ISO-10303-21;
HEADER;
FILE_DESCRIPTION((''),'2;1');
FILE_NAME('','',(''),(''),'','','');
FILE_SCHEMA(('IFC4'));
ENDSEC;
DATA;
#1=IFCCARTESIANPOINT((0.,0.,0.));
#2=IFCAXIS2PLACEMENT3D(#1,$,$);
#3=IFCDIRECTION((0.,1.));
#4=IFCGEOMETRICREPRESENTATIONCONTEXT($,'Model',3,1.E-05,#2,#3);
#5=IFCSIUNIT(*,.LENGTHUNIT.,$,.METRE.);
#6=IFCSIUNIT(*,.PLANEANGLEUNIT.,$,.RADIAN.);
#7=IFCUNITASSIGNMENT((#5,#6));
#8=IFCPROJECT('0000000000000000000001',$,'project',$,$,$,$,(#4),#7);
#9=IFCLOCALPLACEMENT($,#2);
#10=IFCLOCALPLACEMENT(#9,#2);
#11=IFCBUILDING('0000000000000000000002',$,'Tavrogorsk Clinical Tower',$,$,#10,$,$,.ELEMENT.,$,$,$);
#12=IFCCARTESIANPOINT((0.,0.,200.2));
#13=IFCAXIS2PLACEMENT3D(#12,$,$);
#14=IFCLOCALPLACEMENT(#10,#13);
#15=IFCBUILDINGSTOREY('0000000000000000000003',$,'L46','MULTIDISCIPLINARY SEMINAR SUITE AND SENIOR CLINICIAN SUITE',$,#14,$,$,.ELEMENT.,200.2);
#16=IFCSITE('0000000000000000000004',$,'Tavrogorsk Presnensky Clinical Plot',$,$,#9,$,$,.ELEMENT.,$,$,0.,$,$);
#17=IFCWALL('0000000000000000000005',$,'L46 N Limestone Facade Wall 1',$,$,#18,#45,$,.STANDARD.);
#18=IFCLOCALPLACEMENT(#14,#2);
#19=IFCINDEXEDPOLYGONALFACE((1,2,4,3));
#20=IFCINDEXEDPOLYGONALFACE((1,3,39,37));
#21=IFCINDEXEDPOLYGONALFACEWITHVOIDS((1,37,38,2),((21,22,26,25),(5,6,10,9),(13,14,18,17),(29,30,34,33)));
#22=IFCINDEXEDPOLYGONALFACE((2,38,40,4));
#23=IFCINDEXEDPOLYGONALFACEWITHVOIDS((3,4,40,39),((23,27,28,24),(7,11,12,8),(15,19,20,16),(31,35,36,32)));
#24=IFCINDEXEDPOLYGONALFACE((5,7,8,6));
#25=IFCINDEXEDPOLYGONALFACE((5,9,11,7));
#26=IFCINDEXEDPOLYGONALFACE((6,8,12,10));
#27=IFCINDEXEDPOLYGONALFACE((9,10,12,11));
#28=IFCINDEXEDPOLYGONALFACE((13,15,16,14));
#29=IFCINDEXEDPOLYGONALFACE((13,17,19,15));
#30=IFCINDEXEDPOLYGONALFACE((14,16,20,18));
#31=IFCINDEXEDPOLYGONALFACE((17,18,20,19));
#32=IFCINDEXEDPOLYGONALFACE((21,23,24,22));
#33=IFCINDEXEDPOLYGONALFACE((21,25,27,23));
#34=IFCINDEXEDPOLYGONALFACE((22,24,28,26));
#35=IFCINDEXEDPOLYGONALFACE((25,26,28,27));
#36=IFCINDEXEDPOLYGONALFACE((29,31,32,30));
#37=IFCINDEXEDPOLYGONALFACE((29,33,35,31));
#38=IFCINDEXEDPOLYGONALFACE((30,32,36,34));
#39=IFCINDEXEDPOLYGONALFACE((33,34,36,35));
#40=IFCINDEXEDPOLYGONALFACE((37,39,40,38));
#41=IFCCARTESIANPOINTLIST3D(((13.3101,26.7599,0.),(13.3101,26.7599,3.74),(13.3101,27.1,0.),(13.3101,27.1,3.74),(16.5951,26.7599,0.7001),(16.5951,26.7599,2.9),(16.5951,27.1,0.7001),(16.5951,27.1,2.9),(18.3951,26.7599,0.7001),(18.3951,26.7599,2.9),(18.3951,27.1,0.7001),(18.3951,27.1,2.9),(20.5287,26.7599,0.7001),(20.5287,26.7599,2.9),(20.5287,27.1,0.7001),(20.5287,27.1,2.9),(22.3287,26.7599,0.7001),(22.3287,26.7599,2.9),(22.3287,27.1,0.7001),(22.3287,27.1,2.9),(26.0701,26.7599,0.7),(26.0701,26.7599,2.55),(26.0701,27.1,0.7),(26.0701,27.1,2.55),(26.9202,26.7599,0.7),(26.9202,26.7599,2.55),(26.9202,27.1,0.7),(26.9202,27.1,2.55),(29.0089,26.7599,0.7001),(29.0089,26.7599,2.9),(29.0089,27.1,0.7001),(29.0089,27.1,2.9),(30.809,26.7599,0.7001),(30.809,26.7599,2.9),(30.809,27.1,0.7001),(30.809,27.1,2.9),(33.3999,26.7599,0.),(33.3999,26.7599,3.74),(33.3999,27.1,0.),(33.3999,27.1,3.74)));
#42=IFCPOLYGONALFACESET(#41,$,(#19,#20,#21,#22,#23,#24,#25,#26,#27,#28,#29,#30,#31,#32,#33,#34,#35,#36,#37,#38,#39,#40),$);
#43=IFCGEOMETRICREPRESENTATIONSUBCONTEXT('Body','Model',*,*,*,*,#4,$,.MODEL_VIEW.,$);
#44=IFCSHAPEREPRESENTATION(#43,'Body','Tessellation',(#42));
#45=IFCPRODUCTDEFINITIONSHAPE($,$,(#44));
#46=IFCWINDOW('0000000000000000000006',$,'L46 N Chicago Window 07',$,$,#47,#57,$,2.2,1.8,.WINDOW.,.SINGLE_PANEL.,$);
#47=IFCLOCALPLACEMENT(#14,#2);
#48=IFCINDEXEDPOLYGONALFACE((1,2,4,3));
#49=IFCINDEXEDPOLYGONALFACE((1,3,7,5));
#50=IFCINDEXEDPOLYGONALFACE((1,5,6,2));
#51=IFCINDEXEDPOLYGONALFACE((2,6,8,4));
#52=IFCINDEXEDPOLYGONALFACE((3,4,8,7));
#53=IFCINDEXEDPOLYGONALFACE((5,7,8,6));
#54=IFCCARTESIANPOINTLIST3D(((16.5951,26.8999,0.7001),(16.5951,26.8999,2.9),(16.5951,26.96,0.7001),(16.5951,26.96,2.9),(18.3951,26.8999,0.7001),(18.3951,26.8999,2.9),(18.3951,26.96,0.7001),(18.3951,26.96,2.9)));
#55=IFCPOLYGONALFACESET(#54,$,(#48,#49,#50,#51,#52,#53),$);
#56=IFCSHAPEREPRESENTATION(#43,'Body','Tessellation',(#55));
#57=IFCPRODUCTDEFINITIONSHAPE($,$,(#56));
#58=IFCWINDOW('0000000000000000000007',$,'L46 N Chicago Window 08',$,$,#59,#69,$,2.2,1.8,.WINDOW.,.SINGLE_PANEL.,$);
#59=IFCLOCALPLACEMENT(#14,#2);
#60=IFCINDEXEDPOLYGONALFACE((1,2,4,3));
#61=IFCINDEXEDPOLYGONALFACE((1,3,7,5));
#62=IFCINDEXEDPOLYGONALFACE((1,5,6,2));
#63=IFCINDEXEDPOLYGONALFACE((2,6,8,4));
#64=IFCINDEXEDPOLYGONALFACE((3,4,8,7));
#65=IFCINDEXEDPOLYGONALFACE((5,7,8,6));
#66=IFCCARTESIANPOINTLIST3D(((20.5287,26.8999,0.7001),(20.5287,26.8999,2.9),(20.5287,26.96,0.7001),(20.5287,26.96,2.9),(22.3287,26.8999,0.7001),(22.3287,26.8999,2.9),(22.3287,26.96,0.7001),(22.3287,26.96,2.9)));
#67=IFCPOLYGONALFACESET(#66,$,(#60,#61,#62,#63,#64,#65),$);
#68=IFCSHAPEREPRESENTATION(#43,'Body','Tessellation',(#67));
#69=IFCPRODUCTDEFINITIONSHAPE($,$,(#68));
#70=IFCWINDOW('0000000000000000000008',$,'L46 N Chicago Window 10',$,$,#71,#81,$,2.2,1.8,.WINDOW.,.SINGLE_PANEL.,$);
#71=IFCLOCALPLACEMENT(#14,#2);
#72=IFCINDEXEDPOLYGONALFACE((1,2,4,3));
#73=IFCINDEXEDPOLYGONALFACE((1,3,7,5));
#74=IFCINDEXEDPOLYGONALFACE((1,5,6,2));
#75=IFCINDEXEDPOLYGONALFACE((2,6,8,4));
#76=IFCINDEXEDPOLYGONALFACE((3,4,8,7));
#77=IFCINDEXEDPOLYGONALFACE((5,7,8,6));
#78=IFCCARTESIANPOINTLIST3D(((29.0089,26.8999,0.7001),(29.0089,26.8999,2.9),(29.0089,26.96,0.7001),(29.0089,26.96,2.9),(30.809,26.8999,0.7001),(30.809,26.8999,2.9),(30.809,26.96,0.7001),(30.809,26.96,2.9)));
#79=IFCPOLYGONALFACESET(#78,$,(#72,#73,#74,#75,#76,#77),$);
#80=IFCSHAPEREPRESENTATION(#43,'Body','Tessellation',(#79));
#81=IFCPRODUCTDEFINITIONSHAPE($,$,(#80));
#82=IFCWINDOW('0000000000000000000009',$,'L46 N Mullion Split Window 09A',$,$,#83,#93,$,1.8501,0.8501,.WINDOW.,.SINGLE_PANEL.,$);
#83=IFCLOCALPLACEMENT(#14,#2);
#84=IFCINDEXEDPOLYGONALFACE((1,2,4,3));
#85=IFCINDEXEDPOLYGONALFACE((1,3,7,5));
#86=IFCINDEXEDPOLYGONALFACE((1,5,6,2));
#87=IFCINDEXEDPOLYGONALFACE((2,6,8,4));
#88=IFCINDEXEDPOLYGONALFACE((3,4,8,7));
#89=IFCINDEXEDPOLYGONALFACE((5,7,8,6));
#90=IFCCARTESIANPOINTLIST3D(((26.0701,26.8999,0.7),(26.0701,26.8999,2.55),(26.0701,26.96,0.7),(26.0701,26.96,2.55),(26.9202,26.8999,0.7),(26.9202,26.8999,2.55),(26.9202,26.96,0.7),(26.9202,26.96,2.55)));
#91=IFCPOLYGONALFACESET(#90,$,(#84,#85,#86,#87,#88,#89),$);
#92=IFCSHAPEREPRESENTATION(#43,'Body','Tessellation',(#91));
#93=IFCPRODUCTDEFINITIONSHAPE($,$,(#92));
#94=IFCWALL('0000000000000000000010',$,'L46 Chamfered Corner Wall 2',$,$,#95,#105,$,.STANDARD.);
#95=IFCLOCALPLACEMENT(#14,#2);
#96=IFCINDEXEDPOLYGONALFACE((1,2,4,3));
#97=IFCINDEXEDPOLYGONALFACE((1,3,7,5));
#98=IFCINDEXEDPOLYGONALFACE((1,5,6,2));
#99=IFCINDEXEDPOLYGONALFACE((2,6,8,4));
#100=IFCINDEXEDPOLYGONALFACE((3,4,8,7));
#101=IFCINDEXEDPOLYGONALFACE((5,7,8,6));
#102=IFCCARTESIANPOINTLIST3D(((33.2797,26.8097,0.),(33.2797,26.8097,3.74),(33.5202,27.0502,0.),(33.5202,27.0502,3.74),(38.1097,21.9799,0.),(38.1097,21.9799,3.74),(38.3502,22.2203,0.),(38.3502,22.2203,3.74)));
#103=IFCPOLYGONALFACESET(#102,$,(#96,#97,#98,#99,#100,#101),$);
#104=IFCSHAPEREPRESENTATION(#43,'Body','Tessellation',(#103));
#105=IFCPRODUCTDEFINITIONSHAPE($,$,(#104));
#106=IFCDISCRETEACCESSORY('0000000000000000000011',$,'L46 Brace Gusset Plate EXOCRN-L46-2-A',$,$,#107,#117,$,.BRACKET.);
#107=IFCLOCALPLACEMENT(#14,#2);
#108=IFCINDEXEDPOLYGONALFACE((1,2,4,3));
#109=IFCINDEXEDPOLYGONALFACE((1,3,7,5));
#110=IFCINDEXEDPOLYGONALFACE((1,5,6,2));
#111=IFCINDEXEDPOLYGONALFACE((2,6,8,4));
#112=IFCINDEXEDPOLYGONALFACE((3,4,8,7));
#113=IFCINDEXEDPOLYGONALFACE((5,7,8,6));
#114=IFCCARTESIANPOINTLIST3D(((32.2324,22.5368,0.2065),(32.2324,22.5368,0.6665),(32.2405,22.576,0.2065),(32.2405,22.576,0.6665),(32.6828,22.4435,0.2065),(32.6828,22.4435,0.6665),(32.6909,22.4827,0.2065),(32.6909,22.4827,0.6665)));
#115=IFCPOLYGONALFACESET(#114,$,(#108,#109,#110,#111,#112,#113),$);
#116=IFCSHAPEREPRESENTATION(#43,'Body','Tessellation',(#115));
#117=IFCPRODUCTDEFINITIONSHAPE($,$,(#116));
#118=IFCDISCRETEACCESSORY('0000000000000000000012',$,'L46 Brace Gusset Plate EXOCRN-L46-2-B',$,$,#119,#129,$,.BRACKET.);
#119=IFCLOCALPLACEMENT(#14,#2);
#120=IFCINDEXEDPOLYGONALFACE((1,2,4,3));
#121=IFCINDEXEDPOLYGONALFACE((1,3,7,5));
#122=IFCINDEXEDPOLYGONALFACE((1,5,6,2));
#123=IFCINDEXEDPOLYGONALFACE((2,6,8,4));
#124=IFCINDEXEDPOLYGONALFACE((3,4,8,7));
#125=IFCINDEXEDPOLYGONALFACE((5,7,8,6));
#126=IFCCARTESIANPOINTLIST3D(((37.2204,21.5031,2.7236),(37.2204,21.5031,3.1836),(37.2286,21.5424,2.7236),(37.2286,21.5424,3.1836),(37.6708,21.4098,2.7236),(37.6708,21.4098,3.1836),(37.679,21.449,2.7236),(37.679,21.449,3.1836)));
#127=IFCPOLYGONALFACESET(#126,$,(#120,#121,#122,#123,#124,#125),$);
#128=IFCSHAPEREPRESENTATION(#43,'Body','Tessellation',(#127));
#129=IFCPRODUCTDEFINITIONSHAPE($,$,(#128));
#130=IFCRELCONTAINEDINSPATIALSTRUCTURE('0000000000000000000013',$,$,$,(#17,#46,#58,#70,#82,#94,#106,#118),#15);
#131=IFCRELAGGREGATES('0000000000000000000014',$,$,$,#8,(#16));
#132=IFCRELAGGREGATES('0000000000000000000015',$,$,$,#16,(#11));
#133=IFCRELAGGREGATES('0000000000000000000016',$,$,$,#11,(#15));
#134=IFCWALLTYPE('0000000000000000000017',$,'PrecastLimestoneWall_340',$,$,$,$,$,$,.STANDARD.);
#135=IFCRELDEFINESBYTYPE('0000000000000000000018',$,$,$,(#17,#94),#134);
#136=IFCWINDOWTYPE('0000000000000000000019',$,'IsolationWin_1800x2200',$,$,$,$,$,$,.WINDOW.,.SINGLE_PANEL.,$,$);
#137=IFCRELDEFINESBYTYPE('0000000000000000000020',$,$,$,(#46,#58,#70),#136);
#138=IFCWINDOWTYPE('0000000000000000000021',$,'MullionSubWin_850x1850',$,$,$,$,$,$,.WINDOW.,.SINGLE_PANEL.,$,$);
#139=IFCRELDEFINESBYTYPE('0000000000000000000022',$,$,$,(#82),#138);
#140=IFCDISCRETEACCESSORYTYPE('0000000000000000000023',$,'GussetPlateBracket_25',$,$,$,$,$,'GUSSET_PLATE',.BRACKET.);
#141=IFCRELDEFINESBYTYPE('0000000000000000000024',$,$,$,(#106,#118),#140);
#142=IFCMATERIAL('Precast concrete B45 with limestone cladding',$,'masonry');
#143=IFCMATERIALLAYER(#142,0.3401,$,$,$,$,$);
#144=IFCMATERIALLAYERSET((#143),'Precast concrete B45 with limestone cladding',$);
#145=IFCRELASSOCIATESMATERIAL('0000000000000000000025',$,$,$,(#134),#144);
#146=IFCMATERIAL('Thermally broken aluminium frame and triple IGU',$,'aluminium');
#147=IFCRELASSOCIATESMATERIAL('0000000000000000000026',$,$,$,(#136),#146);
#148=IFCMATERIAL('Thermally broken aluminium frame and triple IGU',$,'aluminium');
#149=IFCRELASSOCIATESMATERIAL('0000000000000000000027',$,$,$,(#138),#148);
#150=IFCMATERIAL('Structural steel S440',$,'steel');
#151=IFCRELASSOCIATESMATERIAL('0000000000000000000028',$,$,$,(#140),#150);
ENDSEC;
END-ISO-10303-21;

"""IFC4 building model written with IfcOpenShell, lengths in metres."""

from ifc_helpers import new_model, si_unit, direction, frame, frame_2d, origin, origin_2d, place, context, subcontext, project, spatial, rectangle, extrude, material, layer, layer_set, type_object, element, fill, save


model = new_model("IFC4")

# Units and contexts
model_context = context("Model", 3, precision=1e-05, world=origin(), true_north=direction((0.0, 1.0)))
body_context = subcontext(model_context, "Body", "Model", "MODEL_VIEW")
ifc_project = project(units=[si_unit("LENGTHUNIT", "METRE"), si_unit("PLANEANGLEUNIT", "RADIAN")], contexts=[model_context])

# Site, building, storey
site_placement = place(None, origin())
site = spatial("IfcSite", under=ifc_project, at=site_placement, Name="Tavrogorsk Presnensky Clinical Plot", CompositionType="ELEMENT", RefElevation=0.0)
building_placement = place(site_placement, origin())
building = spatial("IfcBuilding", under=site, at=building_placement, Name="Tavrogorsk Clinical Tower", CompositionType="ELEMENT")
storey_placement = place(building_placement, frame((0.0, 0.0, 200.2)))
storey = spatial("IfcBuildingStorey", under=building, at=storey_placement, Name="L46", Description="MULTIDISCIPLINARY SEMINAR SUITE AND SENIOR CLINICIAN SUITE", CompositionType="ELEMENT", Elevation=200.2)

# Wall, openings, windows
ifc_material_1 = material(Name="Precast concrete B45 with limestone cladding", Category="masonry")
ifc_layer_1 = layer(ifc_material_1, 0.3401)
ifc_layer_set_1 = layer_set([ifc_layer_1], Name="Precast concrete B45 with limestone cladding")
wall_type_1 = type_object("IfcWallType", Name="PrecastLimestoneWall_340", PredefinedType="STANDARD", material=ifc_layer_set_1)
wall_1_placement = place(storey_placement, frame((33.3999, 26.9299, 0.0), z_axis=(0.0, 0.0, 1.0), x_axis=(-1.0, 0.0, 0.0)))
wall_1 = element("IfcWall", 1, at=wall_1_placement, inside=storey, type_object=wall_type_1, Name="L46 N Limestone Facade Wall 1", PredefinedType="STANDARD", context=body_context, shape_type="SweptSolid", body=[
    extrude(rectangle(XDim=20.0898, YDim=0.3401, at=frame_2d((10.0449, 0.0))), origin(), (0.0, 0.0, 1.0), 3.74),
])
opening_1_placement = place(wall_1_placement, frame((15.0049, 0.0, 0.7)))
opening_1 = element("IfcOpeningElement", 2, at=opening_1_placement, cuts=wall_1, PredefinedType="OPENING", context=body_context, shape_type="SweptSolid", body=[
    extrude(rectangle(XDim=1.8, YDim=2.2, at=frame_2d((0.8999, 1.1001))), frame((0.0, 0.1799, 0.0), z_axis=(0.0, -1.0, 0.0), x_axis=(1.0, 0.0, 0.0)), (0.0, 0.0, 1.0), 0.3601),
])
opening_2_placement = place(wall_1_placement, frame((11.0713, 0.0, 0.7)))
opening_2 = element("IfcOpeningElement", 3, at=opening_2_placement, cuts=wall_1, PredefinedType="OPENING", context=body_context, shape_type="SweptSolid", body=[
    extrude(rectangle(XDim=1.8, YDim=2.2, at=frame_2d((0.8999, 1.1001))), frame((0.0, 0.1799, 0.0), z_axis=(0.0, -1.0, 0.0), x_axis=(1.0, 0.0, 0.0)), (0.0, 0.0, 1.0), 0.3601),
])
opening_3_placement = place(wall_1_placement, frame((6.4797, 0.0, 0.7)))
opening_3 = element("IfcOpeningElement", 4, at=opening_3_placement, cuts=wall_1, PredefinedType="OPENING", context=body_context, shape_type="SweptSolid", body=[
    extrude(rectangle(XDim=0.8501, YDim=1.8501, at=frame_2d((0.425, 0.925))), frame((0.0, 0.1799, 0.0), z_axis=(0.0, -1.0, 0.0), x_axis=(1.0, 0.0, 0.0)), (0.0, 0.0, 1.0), 0.3601),
])
opening_4_placement = place(wall_1_placement, frame((2.5911, 0.0, 0.7)))
opening_4 = element("IfcOpeningElement", 5, at=opening_4_placement, cuts=wall_1, PredefinedType="OPENING", context=body_context, shape_type="SweptSolid", body=[
    extrude(rectangle(XDim=1.8, YDim=2.2, at=frame_2d((0.8999, 1.1001))), frame((0.0, 0.1799, 0.0), z_axis=(0.0, -1.0, 0.0), x_axis=(1.0, 0.0, 0.0)), (0.0, 0.0, 1.0), 0.3601),
])
ifc_material_2 = material(Name="Thermally broken aluminium frame and triple IGU", Category="aluminium")
window_type_1 = type_object("IfcWindowType", Name="IsolationWin_1800x2200", PartitioningType="SINGLE_PANEL", PredefinedType="WINDOW", material=ifc_material_2)
window_1_placement = place(opening_1_placement, origin())
window_1 = element("IfcWindow", 6, at=window_1_placement, inside=storey, type_object=window_type_1, Name="L46 N Chicago Window 07", OverallHeight=2.2, OverallWidth=1.8, PartitioningType="SINGLE_PANEL", PredefinedType="WINDOW", context=body_context, shape_type="SweptSolid", body=[
    extrude(rectangle(XDim=1.8, YDim=2.2, at=frame_2d((0.8999, 1.1001))), frame((0.0, 0.03, 0.0), z_axis=(0.0, -1.0, 0.0), x_axis=(1.0, 0.0, 0.0)), (0.0, 0.0, 1.0), 0.0601),
])
fill(opening_1, window_1)
window_2_placement = place(opening_2_placement, origin())
window_2 = element("IfcWindow", 7, at=window_2_placement, inside=storey, type_object=window_type_1, Name="L46 N Chicago Window 08", OverallHeight=2.2, OverallWidth=1.8, PartitioningType="SINGLE_PANEL", PredefinedType="WINDOW", context=body_context, shape_type="SweptSolid", body=[
    extrude(rectangle(XDim=1.8, YDim=2.2, at=frame_2d((0.8999, 1.1001))), frame((0.0, 0.03, 0.0), z_axis=(0.0, -1.0, 0.0), x_axis=(1.0, 0.0, 0.0)), (0.0, 0.0, 1.0), 0.0601),
])
fill(opening_2, window_2)
window_3_placement = place(opening_4_placement, origin())
window_3 = element("IfcWindow", 8, at=window_3_placement, inside=storey, type_object=window_type_1, Name="L46 N Chicago Window 10", OverallHeight=2.2, OverallWidth=1.8, PartitioningType="SINGLE_PANEL", PredefinedType="WINDOW", context=body_context, shape_type="SweptSolid", body=[
    extrude(rectangle(XDim=1.8, YDim=2.2, at=frame_2d((0.8999, 1.1001))), frame((0.0, 0.03, 0.0), z_axis=(0.0, -1.0, 0.0), x_axis=(1.0, 0.0, 0.0)), (0.0, 0.0, 1.0), 0.0601),
])
fill(opening_4, window_3)
ifc_material_3 = material(Name="Thermally broken aluminium frame and triple IGU", Category="aluminium")
window_type_2 = type_object("IfcWindowType", Name="MullionSubWin_850x1850", PartitioningType="SINGLE_PANEL", PredefinedType="WINDOW", material=ifc_material_3)
window_4_placement = place(opening_3_placement, origin())
window_4 = element("IfcWindow", 9, at=window_4_placement, inside=storey, type_object=window_type_2, Name="L46 N Mullion Split Window 09A", OverallHeight=1.8501, OverallWidth=0.8501, PartitioningType="SINGLE_PANEL", PredefinedType="WINDOW", context=body_context, shape_type="SweptSolid", body=[
    extrude(rectangle(XDim=0.8501, YDim=1.8501, at=frame_2d((0.425, 0.925))), frame((0.0, 0.03, 0.0), z_axis=(0.0, -1.0, 0.0), x_axis=(1.0, 0.0, 0.0)), (0.0, 0.0, 1.0), 0.0601),
])
fill(opening_3, window_4)

# Wall
wall_2_placement = place(storey_placement, frame((38.23, 22.1001, 0.0), z_axis=(0.0, 0.0, 1.0), x_axis=(-0.707125, 0.707089, 0.0)))
element("IfcWall", 10, at=wall_2_placement, inside=storey, type_object=wall_type_1, Name="L46 Chamfered Corner Wall 2", PredefinedType="STANDARD", context=body_context, shape_type="SweptSolid", body=[
    extrude(rectangle(XDim=6.8306, YDim=0.3401, at=frame_2d((3.4153, 0.0))), origin(), (0.0, 0.0, 1.0), 3.74),
])

# Discrete accessories
ifc_material_4 = material(Name="Structural steel S440", Category="steel")
discrete_accessory_type = type_object("IfcDiscreteAccessoryType", Name="GussetPlateBracket_25", ElementType="GUSSET_PLATE", PredefinedType="BRACKET", material=ifc_material_4)
for number, where, z_axis, x_axis, name in (
    (11, (32.4617, 22.5098, 0.2065), (0.0, 0.0, 1.0), (0.979187, -0.202958, 0.0), "L46 Brace Gusset Plate EXOCRN-L46-2-A"),
    (12, (37.4497, 21.4761, 2.7236), (0.0, 0.0, 1.0), (0.979187, -0.202958, 0.0), "L46 Brace Gusset Plate EXOCRN-L46-2-B"),
):
    element("IfcDiscreteAccessory", number, at=place(storey_placement, frame(where, z_axis=z_axis, x_axis=x_axis)), inside=storey, type_object=discrete_accessory_type, Name=name, PredefinedType="BRACKET", context=body_context, shape_type="SweptSolid", body=[
        extrude(rectangle(XDim=0.46, YDim=0.04, at=origin_2d()), origin(), (0.0, 0.0, 1.0), 0.46),
    ])

save(model, "model.ifc")
